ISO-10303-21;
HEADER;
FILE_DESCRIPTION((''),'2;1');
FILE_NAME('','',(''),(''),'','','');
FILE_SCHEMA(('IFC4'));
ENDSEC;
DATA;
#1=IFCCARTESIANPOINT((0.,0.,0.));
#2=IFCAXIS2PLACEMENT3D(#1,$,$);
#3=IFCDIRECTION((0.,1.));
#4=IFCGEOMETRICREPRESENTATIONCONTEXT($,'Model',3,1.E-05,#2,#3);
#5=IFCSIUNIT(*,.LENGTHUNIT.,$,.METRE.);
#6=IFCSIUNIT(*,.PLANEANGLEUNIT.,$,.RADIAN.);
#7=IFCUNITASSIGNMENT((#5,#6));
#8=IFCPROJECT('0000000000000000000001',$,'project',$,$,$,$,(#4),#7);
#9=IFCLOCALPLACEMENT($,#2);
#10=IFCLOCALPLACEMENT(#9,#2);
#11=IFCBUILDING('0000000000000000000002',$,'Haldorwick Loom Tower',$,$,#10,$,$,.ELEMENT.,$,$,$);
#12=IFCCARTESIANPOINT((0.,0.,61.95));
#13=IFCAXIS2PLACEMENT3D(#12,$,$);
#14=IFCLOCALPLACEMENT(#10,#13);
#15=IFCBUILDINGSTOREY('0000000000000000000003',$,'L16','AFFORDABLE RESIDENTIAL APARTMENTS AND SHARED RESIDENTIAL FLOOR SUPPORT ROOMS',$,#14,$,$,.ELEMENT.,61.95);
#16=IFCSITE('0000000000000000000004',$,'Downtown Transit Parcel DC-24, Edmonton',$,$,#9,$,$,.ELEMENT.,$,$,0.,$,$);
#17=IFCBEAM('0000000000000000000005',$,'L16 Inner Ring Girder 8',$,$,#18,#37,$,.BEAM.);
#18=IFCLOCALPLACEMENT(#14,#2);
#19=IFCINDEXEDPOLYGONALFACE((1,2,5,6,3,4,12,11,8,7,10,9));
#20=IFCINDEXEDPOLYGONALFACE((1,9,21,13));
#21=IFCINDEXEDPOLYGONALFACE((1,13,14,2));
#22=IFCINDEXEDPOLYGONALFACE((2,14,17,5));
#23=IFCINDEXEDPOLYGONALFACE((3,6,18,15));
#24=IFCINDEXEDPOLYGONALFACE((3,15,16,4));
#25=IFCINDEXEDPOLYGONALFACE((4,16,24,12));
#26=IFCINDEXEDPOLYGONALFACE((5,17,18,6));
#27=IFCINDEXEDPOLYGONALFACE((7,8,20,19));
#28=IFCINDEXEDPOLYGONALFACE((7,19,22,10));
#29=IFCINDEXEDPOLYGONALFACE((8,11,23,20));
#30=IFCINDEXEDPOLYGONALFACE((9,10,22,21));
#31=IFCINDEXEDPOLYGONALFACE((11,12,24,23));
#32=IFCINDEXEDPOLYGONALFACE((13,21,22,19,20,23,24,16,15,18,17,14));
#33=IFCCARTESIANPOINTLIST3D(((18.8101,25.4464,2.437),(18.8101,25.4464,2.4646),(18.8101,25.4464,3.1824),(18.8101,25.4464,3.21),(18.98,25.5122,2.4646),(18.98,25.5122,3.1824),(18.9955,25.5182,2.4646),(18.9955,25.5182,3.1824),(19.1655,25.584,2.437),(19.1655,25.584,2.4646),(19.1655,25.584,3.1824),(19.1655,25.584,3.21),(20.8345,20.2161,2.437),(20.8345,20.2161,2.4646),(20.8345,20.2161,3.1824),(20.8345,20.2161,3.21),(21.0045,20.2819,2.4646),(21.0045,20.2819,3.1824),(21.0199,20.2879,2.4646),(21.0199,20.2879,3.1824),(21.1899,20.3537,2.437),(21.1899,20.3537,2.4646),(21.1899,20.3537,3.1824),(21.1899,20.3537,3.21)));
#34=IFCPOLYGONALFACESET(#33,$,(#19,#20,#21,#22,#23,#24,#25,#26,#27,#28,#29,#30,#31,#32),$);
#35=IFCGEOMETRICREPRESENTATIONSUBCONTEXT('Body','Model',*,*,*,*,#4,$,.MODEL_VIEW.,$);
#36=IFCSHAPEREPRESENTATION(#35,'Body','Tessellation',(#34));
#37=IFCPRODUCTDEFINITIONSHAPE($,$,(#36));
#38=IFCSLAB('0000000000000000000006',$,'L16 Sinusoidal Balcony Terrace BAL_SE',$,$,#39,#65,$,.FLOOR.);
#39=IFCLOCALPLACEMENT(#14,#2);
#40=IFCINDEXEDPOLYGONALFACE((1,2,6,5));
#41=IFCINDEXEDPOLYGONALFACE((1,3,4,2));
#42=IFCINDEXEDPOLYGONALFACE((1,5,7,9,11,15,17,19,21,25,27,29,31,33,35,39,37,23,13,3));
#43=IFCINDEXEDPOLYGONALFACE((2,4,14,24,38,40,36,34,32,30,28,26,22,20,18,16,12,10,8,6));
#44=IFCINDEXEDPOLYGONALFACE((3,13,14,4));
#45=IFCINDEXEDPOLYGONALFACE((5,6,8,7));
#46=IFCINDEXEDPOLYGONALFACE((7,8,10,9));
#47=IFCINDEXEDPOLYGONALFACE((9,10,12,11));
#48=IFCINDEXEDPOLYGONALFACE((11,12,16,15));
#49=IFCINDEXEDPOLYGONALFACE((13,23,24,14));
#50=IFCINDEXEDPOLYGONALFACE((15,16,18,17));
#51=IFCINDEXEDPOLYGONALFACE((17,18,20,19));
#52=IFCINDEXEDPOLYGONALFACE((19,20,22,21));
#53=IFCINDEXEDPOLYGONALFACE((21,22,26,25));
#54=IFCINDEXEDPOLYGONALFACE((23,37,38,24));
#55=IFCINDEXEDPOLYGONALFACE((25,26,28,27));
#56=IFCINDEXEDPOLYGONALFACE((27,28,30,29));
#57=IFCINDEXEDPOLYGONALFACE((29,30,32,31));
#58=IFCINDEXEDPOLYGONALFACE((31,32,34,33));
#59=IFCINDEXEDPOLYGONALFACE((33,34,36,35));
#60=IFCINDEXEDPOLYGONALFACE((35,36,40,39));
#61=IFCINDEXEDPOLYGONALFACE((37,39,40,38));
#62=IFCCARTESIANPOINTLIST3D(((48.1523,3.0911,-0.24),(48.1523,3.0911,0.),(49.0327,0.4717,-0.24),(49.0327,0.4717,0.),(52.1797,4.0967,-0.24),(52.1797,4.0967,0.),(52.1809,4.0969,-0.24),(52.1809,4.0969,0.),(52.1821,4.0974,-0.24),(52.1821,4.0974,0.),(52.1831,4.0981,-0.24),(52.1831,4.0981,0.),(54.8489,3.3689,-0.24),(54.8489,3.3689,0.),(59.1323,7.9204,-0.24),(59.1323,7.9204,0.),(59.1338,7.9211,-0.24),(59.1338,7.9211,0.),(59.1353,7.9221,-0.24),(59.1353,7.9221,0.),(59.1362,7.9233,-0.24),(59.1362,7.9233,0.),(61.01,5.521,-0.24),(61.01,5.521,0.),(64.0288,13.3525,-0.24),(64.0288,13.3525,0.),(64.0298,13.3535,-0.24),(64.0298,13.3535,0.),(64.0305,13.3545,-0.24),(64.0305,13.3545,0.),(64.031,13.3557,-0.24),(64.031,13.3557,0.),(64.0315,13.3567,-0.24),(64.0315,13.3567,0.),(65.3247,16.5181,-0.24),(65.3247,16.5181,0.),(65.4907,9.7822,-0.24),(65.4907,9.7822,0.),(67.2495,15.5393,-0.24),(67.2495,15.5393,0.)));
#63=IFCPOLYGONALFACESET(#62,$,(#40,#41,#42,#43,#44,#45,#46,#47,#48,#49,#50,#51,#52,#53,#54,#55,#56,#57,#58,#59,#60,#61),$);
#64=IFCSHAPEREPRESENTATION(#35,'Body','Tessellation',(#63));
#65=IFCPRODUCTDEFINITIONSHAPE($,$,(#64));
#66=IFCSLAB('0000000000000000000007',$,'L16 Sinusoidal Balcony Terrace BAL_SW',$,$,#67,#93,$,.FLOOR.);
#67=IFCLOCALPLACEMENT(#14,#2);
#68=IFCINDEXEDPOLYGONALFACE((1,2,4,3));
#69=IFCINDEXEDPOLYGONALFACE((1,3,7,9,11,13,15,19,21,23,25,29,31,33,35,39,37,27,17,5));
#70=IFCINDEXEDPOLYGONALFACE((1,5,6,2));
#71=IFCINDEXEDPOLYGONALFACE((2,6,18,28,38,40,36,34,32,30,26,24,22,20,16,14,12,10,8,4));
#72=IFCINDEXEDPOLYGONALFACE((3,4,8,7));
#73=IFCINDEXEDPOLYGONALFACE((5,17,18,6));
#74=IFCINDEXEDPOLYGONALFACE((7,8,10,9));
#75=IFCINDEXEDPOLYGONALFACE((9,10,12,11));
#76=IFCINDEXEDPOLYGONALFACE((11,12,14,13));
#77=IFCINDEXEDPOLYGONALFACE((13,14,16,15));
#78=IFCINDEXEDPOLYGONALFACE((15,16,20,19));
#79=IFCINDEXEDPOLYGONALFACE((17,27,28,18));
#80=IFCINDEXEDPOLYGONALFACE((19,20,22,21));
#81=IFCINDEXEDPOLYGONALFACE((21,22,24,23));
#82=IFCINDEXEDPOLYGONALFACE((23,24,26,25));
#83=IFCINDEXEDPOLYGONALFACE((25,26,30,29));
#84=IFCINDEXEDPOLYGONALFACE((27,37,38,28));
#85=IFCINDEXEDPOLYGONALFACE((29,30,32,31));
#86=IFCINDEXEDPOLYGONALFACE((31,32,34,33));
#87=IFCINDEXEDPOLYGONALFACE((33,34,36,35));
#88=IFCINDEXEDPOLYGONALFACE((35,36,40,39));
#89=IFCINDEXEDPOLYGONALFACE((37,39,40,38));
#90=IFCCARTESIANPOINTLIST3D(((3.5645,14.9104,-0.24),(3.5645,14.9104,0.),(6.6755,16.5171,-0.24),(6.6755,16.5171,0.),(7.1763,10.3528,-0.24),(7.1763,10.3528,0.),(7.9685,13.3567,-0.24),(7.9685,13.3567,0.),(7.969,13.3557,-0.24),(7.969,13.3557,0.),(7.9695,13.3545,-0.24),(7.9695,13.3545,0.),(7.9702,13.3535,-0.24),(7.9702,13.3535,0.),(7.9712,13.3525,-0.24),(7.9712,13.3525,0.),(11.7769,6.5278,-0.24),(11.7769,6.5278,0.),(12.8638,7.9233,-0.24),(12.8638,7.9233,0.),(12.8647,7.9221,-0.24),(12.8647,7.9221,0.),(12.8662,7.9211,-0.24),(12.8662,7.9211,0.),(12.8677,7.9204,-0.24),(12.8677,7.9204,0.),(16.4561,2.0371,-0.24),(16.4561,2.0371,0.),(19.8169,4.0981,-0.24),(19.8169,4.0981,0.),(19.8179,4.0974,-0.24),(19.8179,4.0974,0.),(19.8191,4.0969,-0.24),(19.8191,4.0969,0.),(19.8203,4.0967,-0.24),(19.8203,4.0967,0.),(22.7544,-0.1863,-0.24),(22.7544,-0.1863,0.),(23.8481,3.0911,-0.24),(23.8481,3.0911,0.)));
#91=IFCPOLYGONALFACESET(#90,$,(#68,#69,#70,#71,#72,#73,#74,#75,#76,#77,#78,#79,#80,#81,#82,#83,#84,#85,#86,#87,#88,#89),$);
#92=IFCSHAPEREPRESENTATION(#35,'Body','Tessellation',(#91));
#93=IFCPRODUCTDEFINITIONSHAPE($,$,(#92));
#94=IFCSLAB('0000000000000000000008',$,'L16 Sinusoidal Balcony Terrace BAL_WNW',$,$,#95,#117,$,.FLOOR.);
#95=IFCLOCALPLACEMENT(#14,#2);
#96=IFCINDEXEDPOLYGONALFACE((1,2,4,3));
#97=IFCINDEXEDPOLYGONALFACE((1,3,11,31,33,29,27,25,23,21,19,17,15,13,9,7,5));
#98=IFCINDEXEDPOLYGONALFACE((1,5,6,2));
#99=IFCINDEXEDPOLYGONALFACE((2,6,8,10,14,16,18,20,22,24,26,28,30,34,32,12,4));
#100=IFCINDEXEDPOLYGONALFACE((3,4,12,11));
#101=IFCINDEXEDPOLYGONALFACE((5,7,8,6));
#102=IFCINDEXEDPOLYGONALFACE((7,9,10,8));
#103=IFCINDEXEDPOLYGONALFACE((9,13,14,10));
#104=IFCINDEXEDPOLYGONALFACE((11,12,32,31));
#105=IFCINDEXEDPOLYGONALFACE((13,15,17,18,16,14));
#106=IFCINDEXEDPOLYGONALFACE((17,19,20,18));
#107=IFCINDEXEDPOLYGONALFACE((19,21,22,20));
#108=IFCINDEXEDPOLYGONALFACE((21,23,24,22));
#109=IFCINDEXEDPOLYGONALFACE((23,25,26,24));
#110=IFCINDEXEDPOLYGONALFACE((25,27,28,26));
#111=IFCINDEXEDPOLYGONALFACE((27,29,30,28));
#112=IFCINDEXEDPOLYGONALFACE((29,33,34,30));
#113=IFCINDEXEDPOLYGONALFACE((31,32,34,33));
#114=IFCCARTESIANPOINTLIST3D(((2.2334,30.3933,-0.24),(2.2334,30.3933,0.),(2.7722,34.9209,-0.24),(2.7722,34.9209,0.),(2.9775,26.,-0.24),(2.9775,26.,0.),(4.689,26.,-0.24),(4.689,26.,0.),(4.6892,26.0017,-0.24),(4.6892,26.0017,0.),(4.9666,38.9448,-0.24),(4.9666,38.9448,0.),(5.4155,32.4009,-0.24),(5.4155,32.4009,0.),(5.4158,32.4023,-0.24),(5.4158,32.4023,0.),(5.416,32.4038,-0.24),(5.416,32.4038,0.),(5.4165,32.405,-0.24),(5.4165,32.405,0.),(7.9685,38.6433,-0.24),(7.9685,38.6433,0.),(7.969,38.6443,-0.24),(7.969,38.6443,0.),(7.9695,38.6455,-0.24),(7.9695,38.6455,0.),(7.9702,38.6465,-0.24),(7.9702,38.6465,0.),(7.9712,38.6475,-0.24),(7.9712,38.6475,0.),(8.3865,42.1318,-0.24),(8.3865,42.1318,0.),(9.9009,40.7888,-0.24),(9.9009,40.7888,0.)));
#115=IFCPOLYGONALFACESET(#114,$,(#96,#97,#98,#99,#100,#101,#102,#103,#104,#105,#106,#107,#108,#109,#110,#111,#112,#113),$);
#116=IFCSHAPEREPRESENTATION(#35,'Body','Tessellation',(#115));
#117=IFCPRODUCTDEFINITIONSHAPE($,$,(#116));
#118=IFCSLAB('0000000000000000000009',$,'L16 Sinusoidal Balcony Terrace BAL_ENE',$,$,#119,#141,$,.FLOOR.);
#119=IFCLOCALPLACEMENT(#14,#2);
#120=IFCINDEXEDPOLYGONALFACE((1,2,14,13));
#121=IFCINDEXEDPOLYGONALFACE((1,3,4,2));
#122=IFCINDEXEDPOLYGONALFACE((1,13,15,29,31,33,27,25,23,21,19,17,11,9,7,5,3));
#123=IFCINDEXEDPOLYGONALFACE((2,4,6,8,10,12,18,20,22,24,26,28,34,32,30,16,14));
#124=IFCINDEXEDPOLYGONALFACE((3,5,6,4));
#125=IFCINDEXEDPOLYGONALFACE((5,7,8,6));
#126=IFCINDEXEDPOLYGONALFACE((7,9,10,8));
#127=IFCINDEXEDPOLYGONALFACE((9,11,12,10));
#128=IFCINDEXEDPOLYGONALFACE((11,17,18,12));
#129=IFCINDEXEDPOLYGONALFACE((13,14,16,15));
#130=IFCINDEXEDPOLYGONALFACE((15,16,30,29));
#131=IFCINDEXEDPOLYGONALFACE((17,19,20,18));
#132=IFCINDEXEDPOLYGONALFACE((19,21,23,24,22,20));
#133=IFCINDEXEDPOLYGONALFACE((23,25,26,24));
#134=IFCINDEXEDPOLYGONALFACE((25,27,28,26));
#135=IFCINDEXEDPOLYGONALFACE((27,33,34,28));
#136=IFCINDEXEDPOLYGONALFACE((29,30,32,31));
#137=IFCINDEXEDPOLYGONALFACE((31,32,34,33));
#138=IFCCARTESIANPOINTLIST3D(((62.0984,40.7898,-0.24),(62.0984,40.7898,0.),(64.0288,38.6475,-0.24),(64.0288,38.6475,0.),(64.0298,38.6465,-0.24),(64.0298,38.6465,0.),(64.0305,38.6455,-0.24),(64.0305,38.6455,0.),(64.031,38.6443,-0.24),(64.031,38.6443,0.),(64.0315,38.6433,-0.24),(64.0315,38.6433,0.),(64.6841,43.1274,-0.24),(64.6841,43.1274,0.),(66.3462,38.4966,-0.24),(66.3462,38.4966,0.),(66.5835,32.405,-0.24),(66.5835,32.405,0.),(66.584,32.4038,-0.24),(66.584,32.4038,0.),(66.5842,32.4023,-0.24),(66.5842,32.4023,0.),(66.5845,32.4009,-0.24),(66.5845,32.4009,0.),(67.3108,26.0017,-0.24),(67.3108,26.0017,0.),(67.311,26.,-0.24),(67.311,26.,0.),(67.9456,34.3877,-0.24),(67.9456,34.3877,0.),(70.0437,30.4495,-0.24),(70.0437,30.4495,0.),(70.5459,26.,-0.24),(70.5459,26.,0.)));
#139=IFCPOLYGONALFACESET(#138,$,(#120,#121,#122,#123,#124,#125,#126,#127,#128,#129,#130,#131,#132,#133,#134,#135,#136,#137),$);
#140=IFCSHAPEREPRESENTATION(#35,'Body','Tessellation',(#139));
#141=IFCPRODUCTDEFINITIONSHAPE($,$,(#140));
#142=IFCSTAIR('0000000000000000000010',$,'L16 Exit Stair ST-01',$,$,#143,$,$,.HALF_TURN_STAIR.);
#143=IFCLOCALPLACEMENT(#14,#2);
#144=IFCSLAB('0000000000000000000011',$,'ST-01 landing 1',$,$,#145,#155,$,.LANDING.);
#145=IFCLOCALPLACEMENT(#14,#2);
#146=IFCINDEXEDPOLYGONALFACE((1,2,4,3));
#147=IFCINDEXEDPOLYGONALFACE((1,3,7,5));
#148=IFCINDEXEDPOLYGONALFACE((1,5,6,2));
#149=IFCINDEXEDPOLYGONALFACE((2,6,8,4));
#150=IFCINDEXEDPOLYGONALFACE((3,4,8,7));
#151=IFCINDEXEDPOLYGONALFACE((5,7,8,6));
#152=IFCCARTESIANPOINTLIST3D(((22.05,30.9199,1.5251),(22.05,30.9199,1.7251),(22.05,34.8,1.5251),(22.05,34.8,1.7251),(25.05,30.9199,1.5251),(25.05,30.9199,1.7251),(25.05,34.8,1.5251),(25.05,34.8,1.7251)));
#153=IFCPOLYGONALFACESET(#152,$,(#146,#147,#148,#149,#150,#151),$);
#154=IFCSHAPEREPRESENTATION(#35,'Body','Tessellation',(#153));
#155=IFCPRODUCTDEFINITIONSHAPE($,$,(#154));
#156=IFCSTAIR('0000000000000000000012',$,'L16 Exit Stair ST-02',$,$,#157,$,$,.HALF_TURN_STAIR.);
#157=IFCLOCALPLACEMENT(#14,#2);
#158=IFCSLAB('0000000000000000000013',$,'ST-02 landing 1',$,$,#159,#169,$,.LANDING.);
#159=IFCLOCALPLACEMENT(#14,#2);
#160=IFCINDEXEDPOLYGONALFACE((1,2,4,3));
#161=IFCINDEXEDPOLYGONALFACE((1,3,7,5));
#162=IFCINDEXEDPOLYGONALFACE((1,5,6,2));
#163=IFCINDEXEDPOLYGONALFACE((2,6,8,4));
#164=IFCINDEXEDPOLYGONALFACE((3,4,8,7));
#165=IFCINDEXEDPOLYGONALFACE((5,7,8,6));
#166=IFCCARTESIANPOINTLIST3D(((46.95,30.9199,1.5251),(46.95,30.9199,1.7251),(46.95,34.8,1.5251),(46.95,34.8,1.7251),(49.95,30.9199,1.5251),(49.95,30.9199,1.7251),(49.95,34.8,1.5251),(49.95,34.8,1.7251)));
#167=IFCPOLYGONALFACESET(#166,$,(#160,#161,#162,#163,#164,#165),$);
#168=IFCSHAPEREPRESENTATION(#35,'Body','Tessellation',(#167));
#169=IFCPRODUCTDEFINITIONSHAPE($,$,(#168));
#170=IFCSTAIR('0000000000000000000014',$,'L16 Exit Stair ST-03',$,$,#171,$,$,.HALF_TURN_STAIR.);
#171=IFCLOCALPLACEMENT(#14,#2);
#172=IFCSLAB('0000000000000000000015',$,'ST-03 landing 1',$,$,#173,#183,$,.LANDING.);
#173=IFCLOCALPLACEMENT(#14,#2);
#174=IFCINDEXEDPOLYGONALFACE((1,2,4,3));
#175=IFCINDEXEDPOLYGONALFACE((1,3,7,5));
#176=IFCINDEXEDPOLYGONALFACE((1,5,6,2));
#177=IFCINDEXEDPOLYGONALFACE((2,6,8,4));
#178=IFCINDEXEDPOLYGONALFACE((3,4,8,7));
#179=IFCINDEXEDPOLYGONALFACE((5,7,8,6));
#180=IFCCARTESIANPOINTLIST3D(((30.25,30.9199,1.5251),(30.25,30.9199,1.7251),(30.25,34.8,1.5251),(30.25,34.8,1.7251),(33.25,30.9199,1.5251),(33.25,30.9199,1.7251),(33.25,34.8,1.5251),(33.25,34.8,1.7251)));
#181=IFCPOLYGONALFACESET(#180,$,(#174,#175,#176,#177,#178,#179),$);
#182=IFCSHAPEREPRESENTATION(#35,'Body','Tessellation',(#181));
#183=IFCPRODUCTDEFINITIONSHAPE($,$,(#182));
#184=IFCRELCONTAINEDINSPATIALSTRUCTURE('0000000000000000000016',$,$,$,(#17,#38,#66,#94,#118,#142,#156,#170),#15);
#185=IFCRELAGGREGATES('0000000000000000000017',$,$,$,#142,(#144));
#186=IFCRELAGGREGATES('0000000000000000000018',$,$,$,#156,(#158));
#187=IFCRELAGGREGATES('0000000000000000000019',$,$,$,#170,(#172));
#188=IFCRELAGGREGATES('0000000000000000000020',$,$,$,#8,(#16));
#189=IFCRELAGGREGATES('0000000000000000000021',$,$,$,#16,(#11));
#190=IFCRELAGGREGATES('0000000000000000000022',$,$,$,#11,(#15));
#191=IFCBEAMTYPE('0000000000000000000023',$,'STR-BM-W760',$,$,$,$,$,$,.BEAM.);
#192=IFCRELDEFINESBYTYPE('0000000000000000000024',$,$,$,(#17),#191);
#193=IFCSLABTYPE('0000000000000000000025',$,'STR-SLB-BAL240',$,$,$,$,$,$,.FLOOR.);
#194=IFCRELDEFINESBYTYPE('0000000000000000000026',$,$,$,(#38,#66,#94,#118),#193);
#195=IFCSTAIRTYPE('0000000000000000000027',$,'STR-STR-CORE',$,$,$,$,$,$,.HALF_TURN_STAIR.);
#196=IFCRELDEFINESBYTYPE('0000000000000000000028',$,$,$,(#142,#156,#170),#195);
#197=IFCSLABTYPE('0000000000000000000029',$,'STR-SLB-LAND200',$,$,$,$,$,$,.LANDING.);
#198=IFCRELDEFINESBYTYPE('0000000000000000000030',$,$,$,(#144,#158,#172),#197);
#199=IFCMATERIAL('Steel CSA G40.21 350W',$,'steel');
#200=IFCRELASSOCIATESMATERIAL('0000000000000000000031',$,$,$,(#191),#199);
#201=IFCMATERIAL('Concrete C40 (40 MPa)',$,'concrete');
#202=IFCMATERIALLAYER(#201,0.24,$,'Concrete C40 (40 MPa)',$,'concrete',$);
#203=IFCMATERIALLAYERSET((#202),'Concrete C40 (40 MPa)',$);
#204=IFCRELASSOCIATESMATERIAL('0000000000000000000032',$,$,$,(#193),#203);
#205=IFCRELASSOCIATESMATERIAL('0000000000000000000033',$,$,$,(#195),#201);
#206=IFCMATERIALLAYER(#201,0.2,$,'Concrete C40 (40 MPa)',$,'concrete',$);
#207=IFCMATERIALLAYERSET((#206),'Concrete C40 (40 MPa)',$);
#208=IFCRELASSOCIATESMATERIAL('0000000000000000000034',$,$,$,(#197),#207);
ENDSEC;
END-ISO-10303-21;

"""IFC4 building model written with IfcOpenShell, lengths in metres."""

from ifc_helpers import new_model, si_unit, direction, frame, origin, origin_2d, place, context, subcontext, project, spatial, polyline, i_section, outline, extrude, material, layer, layer_set, material_profile, profile_set, type_object, element, aggregate, save


model = new_model("IFC4")

# Units and contexts
model_context = context("Model", 3, precision=1e-05, world=origin(), true_north=direction((0.0, 1.0)))
body_context = subcontext(model_context, "Body", "Model", "MODEL_VIEW")
ifc_project = project(units=[si_unit("LENGTHUNIT", "METRE"), si_unit("PLANEANGLEUNIT", "RADIAN")], contexts=[model_context])

# Site, building, storey
site_placement = place(None, origin())
site = spatial("IfcSite", under=ifc_project, at=site_placement, Name="Downtown Transit Parcel DC-24, Edmonton", CompositionType="ELEMENT", RefElevation=0.0)
building_placement = place(site_placement, origin())
building = spatial("IfcBuilding", under=site, at=building_placement, Name="Haldorwick Loom Tower", CompositionType="ELEMENT")
storey_placement = place(building_placement, frame((0.0, 0.0, 61.95)))
storey = spatial("IfcBuildingStorey", under=building, at=storey_placement, Name="L16", Description="AFFORDABLE RESIDENTIAL APARTMENTS AND SHARED RESIDENTIAL FLOOR SUPPORT ROOMS", CompositionType="ELEMENT", Elevation=61.95)

# Beam
ifc_material_1 = material(Name="Steel CSA G40.21 350W", Category="steel")
ifc_material_profile_1 = material_profile(ifc_material_1, i_section(OverallWidth=0.3811, OverallDepth=0.7729, WebThickness=0.0166, FlangeThickness=0.0276, at=origin_2d()), Name="W760X257", Category="steel")
ifc_profile_set_1 = profile_set([ifc_material_profile_1], Name="Steel CSA G40.21 350W")
beam_type_1 = type_object("IfcBeamType", Name="STR-BM-W760", PredefinedType="BEAM", material=ifc_profile_set_1)
beam_1_placement = place(storey_placement, frame((21.0122, 20.2849, 2.8235), z_axis=(-0.360965, 0.932579, 0.0), x_axis=(-0.932579, -0.360965, 0.0)))
element("IfcBeam", 1, at=beam_1_placement, inside=storey, type_object=beam_type_1, Name="L16 Inner Ring Girder 8", PredefinedType="BEAM", context=body_context, shape_type="SweptSolid", body=[
    extrude(i_section(OverallWidth=0.3811, OverallDepth=0.7729, WebThickness=0.0166, FlangeThickness=0.0276, at=origin_2d()), origin(), (0.0, 0.0, 1.0), 5.6084),
])

# Slabs
ifc_material_2 = material(Name="Concrete C40 (40 MPa)", Category="concrete")
ifc_layer_1 = layer(ifc_material_2, 0.24, Name="Concrete C40 (40 MPa)", Category="concrete")
ifc_layer_set_1 = layer_set([ifc_layer_1], Name="Concrete C40 (40 MPa)")
slab_type_1 = type_object("IfcSlabType", Name="STR-SLB-BAL240", PredefinedType="FLOOR", material=ifc_layer_set_1)
slab_1_placement = place(storey_placement, frame((0.0, 0.0, -0.24)))
element("IfcSlab", 2, at=slab_1_placement, inside=storey, type_object=slab_type_1, Name="L16 Sinusoidal Balcony Terrace BAL_SE", PredefinedType="FLOOR", context=body_context, shape_type="SweptSolid", body=[
    extrude(outline(polyline([(65.3247, 16.5181), (64.0315, 13.3567), (64.031, 13.3557), (64.0305, 13.3545), (64.0298, 13.3535), (64.0288, 13.3525), (59.1362, 7.9233), (59.1353, 7.9221), (59.1338, 7.9211), (59.1323, 7.9204), (52.1831, 4.0981), (52.1821, 4.0974), (52.1809, 4.0969), (52.1797, 4.0967), (48.1523, 3.0911), (49.0327, 0.4717), (54.8489, 3.3689), (61.01, 5.521), (65.4907, 9.7822), (67.2495, 15.5393), (65.3247, 16.5181)])), origin(), (0.0, 0.0, 1.0), 0.24),
])
slab_2_placement = place(storey_placement, frame((0.0, 0.0, -0.24)))
element("IfcSlab", 3, at=slab_2_placement, inside=storey, type_object=slab_type_1, Name="L16 Sinusoidal Balcony Terrace BAL_SW", PredefinedType="FLOOR", context=body_context, shape_type="SweptSolid", body=[
    extrude(outline(polyline([(23.8481, 3.0911), (19.8203, 4.0967), (19.8191, 4.0969), (19.8179, 4.0974), (19.8169, 4.0981), (12.8677, 7.9204), (12.8662, 7.9211), (12.8647, 7.9221), (12.8638, 7.9233), (7.9712, 13.3525), (7.9702, 13.3535), (7.9695, 13.3545), (7.969, 13.3557), (7.9685, 13.3567), (6.6755, 16.5171), (3.5645, 14.9104), (7.1763, 10.3528), (11.7769, 6.5278), (16.4561, 2.0371), (22.7544, -0.1863), (23.8481, 3.0911)])), origin(), (0.0, 0.0, 1.0), 0.24),
])
slab_3_placement = place(storey_placement, frame((0.0, 0.0, -0.24)))
element("IfcSlab", 4, at=slab_3_placement, inside=storey, type_object=slab_type_1, Name="L16 Sinusoidal Balcony Terrace BAL_WNW", PredefinedType="FLOOR", context=body_context, shape_type="SweptSolid", body=[
    extrude(outline(polyline([(4.689, 26.0), (4.6892, 26.0017), (5.4155, 32.4009), (5.4158, 32.4023), (5.416, 32.4038), (5.4165, 32.405), (7.9685, 38.6433), (7.969, 38.6443), (7.9695, 38.6455), (7.9702, 38.6465), (7.9712, 38.6475), (9.9009, 40.7888), (8.3865, 42.1318), (4.9666, 38.9448), (2.7722, 34.9209), (2.2334, 30.3933), (2.9775, 26.0), (4.689, 26.0)])), origin(), (0.0, 0.0, 1.0), 0.24),
])
slab_4_placement = place(storey_placement, frame((0.0, 0.0, -0.24)))
element("IfcSlab", 5, at=slab_4_placement, inside=storey, type_object=slab_type_1, Name="L16 Sinusoidal Balcony Terrace BAL_ENE", PredefinedType="FLOOR", context=body_context, shape_type="SweptSolid", body=[
    extrude(outline(polyline([(62.0984, 40.7898), (64.0288, 38.6475), (64.0298, 38.6465), (64.0305, 38.6455), (64.031, 38.6443), (64.0315, 38.6433), (66.5835, 32.405), (66.584, 32.4038), (66.5842, 32.4023), (66.5845, 32.4009), (67.3108, 26.0017), (67.311, 26.0), (70.5459, 26.0), (70.0437, 30.4495), (67.9456, 34.3877), (66.3462, 38.4966), (64.6841, 43.1274), (62.0984, 40.7898)])), origin(), (0.0, 0.0, 1.0), 0.24),
])

# Stairs, slabs
stair_type = type_object("IfcStairType", Name="STR-STR-CORE", PredefinedType="HALF_TURN_STAIR", material=ifc_material_2)
stair_1_placement = place(storey_placement, origin())
stair_1 = element("IfcStair", 6, at=stair_1_placement, inside=storey, type_object=stair_type, Name="L16 Exit Stair ST-01", PredefinedType="HALF_TURN_STAIR")
ifc_layer_2 = layer(ifc_material_2, 0.2, Name="Concrete C40 (40 MPa)", Category="concrete")
ifc_layer_set_2 = layer_set([ifc_layer_2], Name="Concrete C40 (40 MPa)")
slab_type_2 = type_object("IfcSlabType", Name="STR-SLB-LAND200", PredefinedType="LANDING", material=ifc_layer_set_2)
slab_5_placement = place(storey_placement, frame((0.0, 0.0, 1.5251)))
slab_5 = element("IfcSlab", 7, at=slab_5_placement, type_object=slab_type_2, Name="ST-01 landing 1", PredefinedType="LANDING", context=body_context, shape_type="SweptSolid", body=[
    extrude(outline(polyline([(25.05, 30.9199), (25.05, 34.8), (22.05, 34.8), (22.05, 30.9199), (25.05, 30.9199)])), origin(), (0.0, 0.0, 1.0), 0.2),
])
aggregate(stair_1, [slab_5])
stair_2_placement = place(storey_placement, origin())
stair_2 = element("IfcStair", 8, at=stair_2_placement, inside=storey, type_object=stair_type, Name="L16 Exit Stair ST-02", PredefinedType="HALF_TURN_STAIR")
slab_6_placement = place(storey_placement, frame((0.0, 0.0, 1.5251)))
slab_6 = element("IfcSlab", 9, at=slab_6_placement, type_object=slab_type_2, Name="ST-02 landing 1", PredefinedType="LANDING", context=body_context, shape_type="SweptSolid", body=[
    extrude(outline(polyline([(49.95, 30.9199), (49.95, 34.8), (46.95, 34.8), (46.95, 30.9199), (49.95, 30.9199)])), origin(), (0.0, 0.0, 1.0), 0.2),
])
aggregate(stair_2, [slab_6])
stair_3_placement = place(storey_placement, origin())
stair_3 = element("IfcStair", 10, at=stair_3_placement, inside=storey, type_object=stair_type, Name="L16 Exit Stair ST-03", PredefinedType="HALF_TURN_STAIR")
slab_7_placement = place(storey_placement, frame((0.0, 0.0, 1.5251)))
slab_7 = element("IfcSlab", 11, at=slab_7_placement, type_object=slab_type_2, Name="ST-03 landing 1", PredefinedType="LANDING", context=body_context, shape_type="SweptSolid", body=[
    extrude(outline(polyline([(33.25, 30.9199), (33.25, 34.8), (30.25, 34.8), (30.25, 30.9199), (33.25, 30.9199)])), origin(), (0.0, 0.0, 1.0), 0.2),
])
aggregate(stair_3, [slab_7])

save(model, "model.ifc")
